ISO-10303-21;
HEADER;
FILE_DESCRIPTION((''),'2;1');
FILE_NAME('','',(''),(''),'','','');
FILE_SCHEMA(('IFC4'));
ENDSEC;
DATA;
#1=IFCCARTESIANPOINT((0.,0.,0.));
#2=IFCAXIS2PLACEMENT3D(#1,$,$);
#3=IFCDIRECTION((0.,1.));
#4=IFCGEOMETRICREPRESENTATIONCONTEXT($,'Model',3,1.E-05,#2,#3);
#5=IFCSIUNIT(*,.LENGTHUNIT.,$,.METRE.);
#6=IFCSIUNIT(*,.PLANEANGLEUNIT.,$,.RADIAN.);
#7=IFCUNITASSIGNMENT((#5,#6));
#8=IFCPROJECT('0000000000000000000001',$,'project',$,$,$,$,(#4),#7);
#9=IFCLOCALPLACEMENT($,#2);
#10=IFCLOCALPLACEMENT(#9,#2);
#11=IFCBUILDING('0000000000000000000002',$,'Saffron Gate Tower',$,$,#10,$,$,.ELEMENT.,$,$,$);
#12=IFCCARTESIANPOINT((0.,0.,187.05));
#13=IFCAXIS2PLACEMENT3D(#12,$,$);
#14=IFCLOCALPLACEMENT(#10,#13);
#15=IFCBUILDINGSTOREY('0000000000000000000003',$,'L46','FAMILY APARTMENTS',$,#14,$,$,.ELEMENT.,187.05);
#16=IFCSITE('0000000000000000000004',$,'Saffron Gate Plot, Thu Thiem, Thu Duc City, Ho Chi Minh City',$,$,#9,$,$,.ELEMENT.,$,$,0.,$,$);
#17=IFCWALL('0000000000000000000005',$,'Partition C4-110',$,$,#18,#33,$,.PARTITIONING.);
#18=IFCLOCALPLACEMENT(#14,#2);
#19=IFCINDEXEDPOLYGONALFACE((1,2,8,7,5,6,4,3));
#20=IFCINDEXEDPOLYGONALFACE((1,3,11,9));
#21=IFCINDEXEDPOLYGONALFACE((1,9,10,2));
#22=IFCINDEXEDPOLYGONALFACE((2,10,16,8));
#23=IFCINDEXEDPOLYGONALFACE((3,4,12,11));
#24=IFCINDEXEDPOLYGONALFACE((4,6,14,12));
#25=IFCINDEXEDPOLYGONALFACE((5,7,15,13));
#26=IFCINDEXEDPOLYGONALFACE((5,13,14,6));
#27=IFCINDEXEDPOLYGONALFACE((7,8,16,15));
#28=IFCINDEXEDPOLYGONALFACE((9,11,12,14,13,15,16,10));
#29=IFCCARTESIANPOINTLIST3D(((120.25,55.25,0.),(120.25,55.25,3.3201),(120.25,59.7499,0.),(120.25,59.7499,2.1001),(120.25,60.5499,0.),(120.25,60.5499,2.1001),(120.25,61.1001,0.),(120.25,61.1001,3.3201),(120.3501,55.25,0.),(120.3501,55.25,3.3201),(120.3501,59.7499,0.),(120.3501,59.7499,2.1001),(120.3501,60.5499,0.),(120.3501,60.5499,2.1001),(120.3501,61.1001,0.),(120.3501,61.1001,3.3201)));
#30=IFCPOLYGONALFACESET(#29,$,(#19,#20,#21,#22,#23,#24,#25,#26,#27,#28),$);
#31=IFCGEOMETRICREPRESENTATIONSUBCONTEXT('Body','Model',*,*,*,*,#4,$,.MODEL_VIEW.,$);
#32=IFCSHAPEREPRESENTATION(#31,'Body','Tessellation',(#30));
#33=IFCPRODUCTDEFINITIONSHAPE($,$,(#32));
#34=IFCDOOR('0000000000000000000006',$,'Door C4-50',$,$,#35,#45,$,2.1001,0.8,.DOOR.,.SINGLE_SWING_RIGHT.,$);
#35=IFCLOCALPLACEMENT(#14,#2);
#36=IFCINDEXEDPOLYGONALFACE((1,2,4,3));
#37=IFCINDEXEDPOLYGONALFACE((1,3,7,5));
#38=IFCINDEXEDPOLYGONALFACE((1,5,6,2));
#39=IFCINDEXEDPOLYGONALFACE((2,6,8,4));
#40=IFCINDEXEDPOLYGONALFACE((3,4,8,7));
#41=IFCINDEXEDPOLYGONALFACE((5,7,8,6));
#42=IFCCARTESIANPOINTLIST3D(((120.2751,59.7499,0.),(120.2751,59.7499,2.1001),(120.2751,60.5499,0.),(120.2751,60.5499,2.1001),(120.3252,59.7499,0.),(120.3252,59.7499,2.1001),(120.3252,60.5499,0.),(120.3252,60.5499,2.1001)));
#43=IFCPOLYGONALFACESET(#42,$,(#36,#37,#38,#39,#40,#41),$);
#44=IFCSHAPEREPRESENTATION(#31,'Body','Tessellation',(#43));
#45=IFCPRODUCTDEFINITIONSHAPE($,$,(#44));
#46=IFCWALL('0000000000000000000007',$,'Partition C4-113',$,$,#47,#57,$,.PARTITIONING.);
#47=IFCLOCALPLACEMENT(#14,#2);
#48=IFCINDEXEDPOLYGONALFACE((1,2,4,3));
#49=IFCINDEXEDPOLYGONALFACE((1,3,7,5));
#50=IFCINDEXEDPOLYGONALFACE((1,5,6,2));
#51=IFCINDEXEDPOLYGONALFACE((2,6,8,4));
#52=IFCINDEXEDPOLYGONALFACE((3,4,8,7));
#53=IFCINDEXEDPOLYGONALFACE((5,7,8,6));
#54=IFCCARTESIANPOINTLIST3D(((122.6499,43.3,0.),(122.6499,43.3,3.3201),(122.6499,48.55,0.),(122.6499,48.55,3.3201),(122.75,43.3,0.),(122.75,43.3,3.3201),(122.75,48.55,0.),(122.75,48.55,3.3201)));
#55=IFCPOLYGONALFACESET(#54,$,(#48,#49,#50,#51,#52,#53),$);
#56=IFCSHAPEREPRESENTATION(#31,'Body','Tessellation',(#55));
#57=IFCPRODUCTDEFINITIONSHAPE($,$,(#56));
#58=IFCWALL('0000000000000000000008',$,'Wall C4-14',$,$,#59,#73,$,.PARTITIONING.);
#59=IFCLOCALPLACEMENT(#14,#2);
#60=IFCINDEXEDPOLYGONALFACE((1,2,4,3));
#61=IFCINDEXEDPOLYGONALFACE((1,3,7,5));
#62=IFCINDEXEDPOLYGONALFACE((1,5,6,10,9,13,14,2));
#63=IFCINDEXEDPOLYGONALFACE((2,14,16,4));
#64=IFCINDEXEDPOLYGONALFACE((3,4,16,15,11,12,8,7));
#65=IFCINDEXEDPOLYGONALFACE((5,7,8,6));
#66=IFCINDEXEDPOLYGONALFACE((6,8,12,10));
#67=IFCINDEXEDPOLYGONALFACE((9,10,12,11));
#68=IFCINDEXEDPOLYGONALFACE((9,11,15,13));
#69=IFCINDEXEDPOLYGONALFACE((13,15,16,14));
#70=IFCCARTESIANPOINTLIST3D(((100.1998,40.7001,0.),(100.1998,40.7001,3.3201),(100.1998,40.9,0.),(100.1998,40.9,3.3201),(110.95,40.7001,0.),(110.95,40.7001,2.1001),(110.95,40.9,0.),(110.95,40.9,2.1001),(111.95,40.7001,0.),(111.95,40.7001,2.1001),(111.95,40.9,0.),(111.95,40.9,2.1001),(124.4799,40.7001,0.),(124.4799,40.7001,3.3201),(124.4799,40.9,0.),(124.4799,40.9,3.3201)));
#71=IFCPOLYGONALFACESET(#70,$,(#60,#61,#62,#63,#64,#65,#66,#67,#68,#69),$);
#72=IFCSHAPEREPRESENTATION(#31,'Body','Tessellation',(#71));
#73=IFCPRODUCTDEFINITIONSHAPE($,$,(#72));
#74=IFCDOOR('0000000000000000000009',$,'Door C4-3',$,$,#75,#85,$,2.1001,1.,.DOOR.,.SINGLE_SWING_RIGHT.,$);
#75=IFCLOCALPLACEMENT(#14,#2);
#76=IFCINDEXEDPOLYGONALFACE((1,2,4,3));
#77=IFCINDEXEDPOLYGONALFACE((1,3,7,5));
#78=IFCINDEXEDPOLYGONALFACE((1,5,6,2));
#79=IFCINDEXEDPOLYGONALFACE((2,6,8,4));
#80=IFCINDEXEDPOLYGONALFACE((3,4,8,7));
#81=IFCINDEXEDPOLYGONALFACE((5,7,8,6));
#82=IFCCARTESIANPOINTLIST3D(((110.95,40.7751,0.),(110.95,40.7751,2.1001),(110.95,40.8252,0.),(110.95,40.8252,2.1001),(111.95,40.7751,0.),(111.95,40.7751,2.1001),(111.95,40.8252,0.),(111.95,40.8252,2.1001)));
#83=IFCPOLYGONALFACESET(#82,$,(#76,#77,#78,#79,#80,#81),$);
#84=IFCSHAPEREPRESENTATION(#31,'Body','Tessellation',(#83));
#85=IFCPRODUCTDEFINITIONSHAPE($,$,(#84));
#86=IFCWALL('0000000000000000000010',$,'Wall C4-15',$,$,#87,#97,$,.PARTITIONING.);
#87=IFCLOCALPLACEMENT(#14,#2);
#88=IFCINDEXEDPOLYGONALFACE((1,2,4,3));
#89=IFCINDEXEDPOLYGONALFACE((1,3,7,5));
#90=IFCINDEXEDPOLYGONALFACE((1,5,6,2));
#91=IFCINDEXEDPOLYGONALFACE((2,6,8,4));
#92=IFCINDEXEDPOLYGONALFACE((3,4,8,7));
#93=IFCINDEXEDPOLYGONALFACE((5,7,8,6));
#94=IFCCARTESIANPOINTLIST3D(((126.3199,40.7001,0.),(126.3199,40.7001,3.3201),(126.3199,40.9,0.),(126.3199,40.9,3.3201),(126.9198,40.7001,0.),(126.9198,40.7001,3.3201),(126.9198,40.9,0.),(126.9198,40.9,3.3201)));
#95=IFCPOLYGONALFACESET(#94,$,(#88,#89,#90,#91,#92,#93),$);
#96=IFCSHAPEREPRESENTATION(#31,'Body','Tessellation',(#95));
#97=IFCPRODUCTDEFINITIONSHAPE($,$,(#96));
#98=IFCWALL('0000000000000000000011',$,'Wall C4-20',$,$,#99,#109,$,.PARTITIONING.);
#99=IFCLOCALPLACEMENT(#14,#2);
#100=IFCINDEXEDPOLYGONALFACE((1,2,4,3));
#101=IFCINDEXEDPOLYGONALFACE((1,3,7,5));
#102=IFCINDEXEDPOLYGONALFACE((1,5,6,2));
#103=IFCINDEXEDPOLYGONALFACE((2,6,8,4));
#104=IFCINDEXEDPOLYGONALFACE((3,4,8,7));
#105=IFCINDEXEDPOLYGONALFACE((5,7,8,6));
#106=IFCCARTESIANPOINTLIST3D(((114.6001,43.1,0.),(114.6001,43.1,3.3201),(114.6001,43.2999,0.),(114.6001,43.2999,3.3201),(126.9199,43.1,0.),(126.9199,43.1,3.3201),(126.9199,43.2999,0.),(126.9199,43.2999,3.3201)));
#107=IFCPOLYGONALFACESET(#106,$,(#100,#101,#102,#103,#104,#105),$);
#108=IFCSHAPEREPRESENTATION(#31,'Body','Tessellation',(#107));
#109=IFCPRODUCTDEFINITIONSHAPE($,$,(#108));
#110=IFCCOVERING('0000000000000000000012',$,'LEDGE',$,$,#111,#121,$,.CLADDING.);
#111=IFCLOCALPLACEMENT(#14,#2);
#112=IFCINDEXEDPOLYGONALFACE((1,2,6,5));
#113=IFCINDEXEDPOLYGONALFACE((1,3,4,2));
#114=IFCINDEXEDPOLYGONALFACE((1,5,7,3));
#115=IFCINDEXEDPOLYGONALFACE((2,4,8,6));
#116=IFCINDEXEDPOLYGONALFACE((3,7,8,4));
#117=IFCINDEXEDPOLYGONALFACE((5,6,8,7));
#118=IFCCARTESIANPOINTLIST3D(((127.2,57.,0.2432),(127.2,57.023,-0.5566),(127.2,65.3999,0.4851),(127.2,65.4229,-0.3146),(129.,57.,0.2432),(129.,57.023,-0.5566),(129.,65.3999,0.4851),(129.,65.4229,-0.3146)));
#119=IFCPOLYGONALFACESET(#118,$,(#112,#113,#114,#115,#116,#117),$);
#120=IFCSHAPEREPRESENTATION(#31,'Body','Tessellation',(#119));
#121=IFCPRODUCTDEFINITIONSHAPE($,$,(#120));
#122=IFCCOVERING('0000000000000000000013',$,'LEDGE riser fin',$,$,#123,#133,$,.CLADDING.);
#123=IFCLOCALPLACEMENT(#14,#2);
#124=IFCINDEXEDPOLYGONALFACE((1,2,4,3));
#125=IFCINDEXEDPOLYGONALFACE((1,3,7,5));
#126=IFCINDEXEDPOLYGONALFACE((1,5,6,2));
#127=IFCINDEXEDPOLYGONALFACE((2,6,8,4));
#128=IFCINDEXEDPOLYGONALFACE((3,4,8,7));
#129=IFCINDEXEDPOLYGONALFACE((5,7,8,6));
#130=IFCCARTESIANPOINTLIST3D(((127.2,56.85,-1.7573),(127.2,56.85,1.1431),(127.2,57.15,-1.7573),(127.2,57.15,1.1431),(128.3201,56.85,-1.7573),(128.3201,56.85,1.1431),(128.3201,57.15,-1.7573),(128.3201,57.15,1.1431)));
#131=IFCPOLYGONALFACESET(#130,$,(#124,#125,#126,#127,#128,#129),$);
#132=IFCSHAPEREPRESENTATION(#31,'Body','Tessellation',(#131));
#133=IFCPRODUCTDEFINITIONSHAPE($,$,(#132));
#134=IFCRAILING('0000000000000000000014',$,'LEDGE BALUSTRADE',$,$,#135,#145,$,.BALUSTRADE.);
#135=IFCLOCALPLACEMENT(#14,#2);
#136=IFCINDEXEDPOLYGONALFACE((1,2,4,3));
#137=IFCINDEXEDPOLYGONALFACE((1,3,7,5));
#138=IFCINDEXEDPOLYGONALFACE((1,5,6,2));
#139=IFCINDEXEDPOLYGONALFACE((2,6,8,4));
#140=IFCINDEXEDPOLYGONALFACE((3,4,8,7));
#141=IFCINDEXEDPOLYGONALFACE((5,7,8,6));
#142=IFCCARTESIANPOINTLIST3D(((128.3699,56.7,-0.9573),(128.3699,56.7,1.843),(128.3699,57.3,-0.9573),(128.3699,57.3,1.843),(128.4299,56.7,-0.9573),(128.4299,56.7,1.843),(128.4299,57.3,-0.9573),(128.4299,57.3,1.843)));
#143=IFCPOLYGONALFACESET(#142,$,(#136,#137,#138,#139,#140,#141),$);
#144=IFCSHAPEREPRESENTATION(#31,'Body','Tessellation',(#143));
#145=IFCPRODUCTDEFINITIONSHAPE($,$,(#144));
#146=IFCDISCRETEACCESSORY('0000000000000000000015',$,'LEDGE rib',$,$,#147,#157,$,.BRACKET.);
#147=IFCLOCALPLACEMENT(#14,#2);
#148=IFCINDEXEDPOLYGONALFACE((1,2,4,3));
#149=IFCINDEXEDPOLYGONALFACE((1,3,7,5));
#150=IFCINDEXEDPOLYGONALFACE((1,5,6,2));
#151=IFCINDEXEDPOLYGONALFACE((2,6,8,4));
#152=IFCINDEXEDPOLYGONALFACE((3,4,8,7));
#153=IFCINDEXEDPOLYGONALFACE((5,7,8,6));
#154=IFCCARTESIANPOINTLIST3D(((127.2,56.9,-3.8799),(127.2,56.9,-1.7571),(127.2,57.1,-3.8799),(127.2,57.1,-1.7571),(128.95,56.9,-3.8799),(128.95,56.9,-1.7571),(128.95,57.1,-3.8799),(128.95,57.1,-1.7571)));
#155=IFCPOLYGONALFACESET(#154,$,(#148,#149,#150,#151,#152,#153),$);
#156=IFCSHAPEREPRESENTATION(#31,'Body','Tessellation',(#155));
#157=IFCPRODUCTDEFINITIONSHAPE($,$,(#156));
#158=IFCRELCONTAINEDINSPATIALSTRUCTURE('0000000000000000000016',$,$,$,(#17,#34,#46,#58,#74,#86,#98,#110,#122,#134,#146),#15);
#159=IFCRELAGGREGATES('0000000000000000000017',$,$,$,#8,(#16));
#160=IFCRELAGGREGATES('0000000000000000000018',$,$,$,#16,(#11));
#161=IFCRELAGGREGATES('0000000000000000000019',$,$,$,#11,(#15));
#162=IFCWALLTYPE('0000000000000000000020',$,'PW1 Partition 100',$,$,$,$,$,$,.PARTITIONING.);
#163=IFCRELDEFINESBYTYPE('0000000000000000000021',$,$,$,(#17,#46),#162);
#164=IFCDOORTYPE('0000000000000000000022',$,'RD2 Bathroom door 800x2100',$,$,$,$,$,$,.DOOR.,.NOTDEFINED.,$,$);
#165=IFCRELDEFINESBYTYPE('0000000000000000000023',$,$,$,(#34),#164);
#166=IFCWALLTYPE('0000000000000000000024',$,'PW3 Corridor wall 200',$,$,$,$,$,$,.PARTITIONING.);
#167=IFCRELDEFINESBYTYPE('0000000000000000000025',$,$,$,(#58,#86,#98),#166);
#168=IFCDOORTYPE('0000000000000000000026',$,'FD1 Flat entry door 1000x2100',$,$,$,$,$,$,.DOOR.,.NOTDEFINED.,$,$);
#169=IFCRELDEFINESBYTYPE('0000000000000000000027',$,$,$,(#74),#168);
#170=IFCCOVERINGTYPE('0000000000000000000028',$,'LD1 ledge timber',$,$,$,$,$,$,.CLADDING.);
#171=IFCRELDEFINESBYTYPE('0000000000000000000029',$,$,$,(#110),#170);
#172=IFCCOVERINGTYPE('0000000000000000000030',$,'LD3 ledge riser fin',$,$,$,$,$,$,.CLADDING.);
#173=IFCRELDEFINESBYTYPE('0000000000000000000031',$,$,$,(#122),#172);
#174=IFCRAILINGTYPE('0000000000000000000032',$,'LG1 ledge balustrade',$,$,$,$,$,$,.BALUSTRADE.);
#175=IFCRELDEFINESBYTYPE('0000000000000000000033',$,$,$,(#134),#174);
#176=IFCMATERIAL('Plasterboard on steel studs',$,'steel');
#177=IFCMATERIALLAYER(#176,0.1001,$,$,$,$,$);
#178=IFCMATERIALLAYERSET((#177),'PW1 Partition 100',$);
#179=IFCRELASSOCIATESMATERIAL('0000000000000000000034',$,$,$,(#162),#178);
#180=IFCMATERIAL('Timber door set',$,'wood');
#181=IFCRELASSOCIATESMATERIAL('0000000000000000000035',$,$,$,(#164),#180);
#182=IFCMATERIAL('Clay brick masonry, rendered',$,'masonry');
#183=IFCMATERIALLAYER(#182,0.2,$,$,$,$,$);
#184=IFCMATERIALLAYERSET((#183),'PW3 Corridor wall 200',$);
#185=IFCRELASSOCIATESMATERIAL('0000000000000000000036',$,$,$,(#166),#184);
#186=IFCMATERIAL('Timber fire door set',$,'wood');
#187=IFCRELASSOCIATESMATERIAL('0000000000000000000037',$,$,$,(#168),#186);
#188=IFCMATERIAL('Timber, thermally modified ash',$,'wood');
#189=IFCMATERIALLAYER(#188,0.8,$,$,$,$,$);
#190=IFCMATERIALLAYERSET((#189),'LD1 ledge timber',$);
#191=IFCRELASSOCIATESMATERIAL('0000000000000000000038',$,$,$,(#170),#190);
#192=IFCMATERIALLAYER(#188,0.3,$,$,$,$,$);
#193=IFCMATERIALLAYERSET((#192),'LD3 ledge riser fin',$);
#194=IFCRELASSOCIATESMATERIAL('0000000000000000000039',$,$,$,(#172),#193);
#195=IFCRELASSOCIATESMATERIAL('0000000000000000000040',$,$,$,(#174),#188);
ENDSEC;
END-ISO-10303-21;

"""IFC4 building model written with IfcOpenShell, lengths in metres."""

from ifc_helpers import new_model, si_unit, direction, frame, frame_2d, origin, origin_2d, place, context, subcontext, project, spatial, polyline, rectangle, outline, extrude, material, layer, layer_set, type_object, element, fill, save


model = new_model("IFC4")

# Units and contexts
model_context = context("Model", 3, precision=1e-05, world=origin(), true_north=direction((0.0, 1.0)))
body_context = subcontext(model_context, "Body", "Model", "MODEL_VIEW")
ifc_project = project(units=[si_unit("LENGTHUNIT", "METRE"), si_unit("PLANEANGLEUNIT", "RADIAN")], contexts=[model_context])

# Site, building, storey
site_placement = place(None, origin())
site = spatial("IfcSite", under=ifc_project, at=site_placement, Name="Saffron Gate Plot, Thu Thiem, Thu Duc City, Ho Chi Minh City", CompositionType="ELEMENT", RefElevation=0.0)
building_placement = place(site_placement, origin())
building = spatial("IfcBuilding", under=site, at=building_placement, Name="Saffron Gate Tower", CompositionType="ELEMENT")
storey_placement = place(building_placement, frame((0.0, 0.0, 187.05)))
storey = spatial("IfcBuildingStorey", under=building, at=storey_placement, Name="L46", Description="FAMILY APARTMENTS", CompositionType="ELEMENT", Elevation=187.05)

# Shared definitions
ifc_material_1 = material(Name="Plasterboard on steel studs", Category="steel")
ifc_layer_1 = layer(ifc_material_1, 0.1001)
ifc_layer_set_1 = layer_set([ifc_layer_1], Name="PW1 Partition 100")
wall_type_1 = type_object("IfcWallType", Name="PW1 Partition 100", PredefinedType="PARTITIONING", material=ifc_layer_set_1)
ifc_material_2 = material(Name="Timber door set", Category="wood")

# Shared definitions
door_type_1 = type_object("IfcDoorType", Name="RD2 Bathroom door 800x2100", OperationType="NOTDEFINED", PredefinedType="DOOR", material=ifc_material_2)

# Wall, opening, door
wall_1_placement = place(storey_placement, frame((120.3, 55.25, 0.0), z_axis=(0.0, 0.0, 1.0), x_axis=(0.0, 1.0, 0.0)))
wall_1 = element("IfcWall", 1, at=wall_1_placement, inside=storey, type_object=wall_type_1, Name="Partition C4-110", PredefinedType="PARTITIONING", context=body_context, shape_type="SweptSolid", body=[
    extrude(rectangle(XDim=5.8501, YDim=0.1001, at=frame_2d((2.925, 0.0))), origin(), (0.0, 0.0, 1.0), 3.3201),
])
opening_1_placement = place(wall_1_placement, frame((4.5, 0.0, 0.0)))
opening_1 = element("IfcOpeningElement", 2, at=opening_1_placement, cuts=wall_1, PredefinedType="OPENING", context=body_context, shape_type="SweptSolid", body=[
    extrude(rectangle(XDim=0.8, YDim=2.1001, at=frame_2d((0.3999, 1.05))), frame((0.0, 0.0601, 0.0), z_axis=(0.0, -1.0, 0.0), x_axis=(1.0, 0.0, 0.0)), (0.0, 0.0, 1.0), 0.1201),
])
door_1_placement = place(opening_1_placement, origin())
door_1 = element("IfcDoor", 3, at=door_1_placement, inside=storey, type_object=door_type_1, Name="Door C4-50", OperationType="SINGLE_SWING_RIGHT", OverallHeight=2.1001, OverallWidth=0.8, PredefinedType="DOOR", context=body_context, shape_type="SweptSolid", body=[
    extrude(rectangle(XDim=0.8, YDim=2.1001, at=frame_2d((0.3999, 1.05))), frame((0.0, 0.0249, 0.0), z_axis=(0.0, -1.0, 0.0), x_axis=(1.0, 0.0, 0.0)), (0.0, 0.0, 1.0), 0.05),
])
fill(opening_1, door_1)

# Wall
wall_2_placement = place(storey_placement, frame((122.7, 48.55, 0.0), z_axis=(0.0, 0.0, 1.0), x_axis=(0.0, -1.0, 0.0)))
element("IfcWall", 4, at=wall_2_placement, inside=storey, type_object=wall_type_1, Name="Partition C4-113", PredefinedType="PARTITIONING", context=body_context, shape_type="SweptSolid", body=[
    extrude(rectangle(XDim=5.25, YDim=0.1001, at=frame_2d((2.625, 0.0))), origin(), (0.0, 0.0, 1.0), 3.3201),
])

# Wall, opening, door
ifc_material_3 = material(Name="Clay brick masonry, rendered", Category="masonry")
ifc_layer_2 = layer(ifc_material_3, 0.2)
ifc_layer_set_2 = layer_set([ifc_layer_2], Name="PW3 Corridor wall 200")
wall_type_2 = type_object("IfcWallType", Name="PW3 Corridor wall 200", PredefinedType="PARTITIONING", material=ifc_layer_set_2)
wall_3_placement = place(storey_placement, frame((124.48, 40.8, 0.0), z_axis=(0.0, 0.0, 1.0), x_axis=(-1.0, 0.0, 0.0)))
wall_3 = element("IfcWall", 5, at=wall_3_placement, inside=storey, type_object=wall_type_2, Name="Wall C4-14", PredefinedType="PARTITIONING", context=body_context, shape_type="SweptSolid", body=[
    extrude(rectangle(XDim=24.28, YDim=0.2, at=frame_2d((12.1401, 0.0))), origin(), (0.0, 0.0, 1.0), 3.3201),
])
opening_2_placement = place(wall_3_placement, frame((12.53, 0.0, 0.0)))
opening_2 = element("IfcOpeningElement", 6, at=opening_2_placement, cuts=wall_3, PredefinedType="OPENING", context=body_context, shape_type="SweptSolid", body=[
    extrude(rectangle(XDim=1.0, YDim=2.1001, at=frame_2d((0.5, 1.05))), frame((0.0, 0.1099, 0.0), z_axis=(0.0, -1.0, 0.0), x_axis=(1.0, 0.0, 0.0)), (0.0, 0.0, 1.0), 0.22),
])
ifc_material_4 = material(Name="Timber fire door set", Category="wood")
door_type_2 = type_object("IfcDoorType", Name="FD1 Flat entry door 1000x2100", OperationType="NOTDEFINED", PredefinedType="DOOR", material=ifc_material_4)
door_2_placement = place(opening_2_placement, origin())
door_2 = element("IfcDoor", 7, at=door_2_placement, inside=storey, type_object=door_type_2, Name="Door C4-3", OperationType="SINGLE_SWING_RIGHT", OverallHeight=2.1001, OverallWidth=1.0, PredefinedType="DOOR", context=body_context, shape_type="SweptSolid", body=[
    extrude(rectangle(XDim=1.0, YDim=2.1001, at=frame_2d((0.5, 1.05))), frame((0.0, 0.0249, 0.0), z_axis=(0.0, -1.0, 0.0), x_axis=(1.0, 0.0, 0.0)), (0.0, 0.0, 1.0), 0.05),
])
fill(opening_2, door_2)

# Walls
wall_4_placement = place(storey_placement, frame((126.3201, 40.8, 0.0), z_axis=(0.0, 0.0, 1.0), x_axis=(1.0, 0.0, 0.0)))
element("IfcWall", 8, at=wall_4_placement, inside=storey, type_object=wall_type_2, Name="Wall C4-15", PredefinedType="PARTITIONING", context=body_context, shape_type="SweptSolid", body=[
    extrude(rectangle(XDim=0.5999, YDim=0.2, at=frame_2d((0.2998, 0.0))), origin(), (0.0, 0.0, 1.0), 3.3201),
])
wall_5_placement = place(storey_placement, frame((114.6001, 43.2, 0.0), z_axis=(0.0, 0.0, 1.0), x_axis=(1.0, 0.0, 0.0)))
element("IfcWall", 9, at=wall_5_placement, inside=storey, type_object=wall_type_2, Name="Wall C4-20", PredefinedType="PARTITIONING", context=body_context, shape_type="SweptSolid", body=[
    extrude(rectangle(XDim=12.3198, YDim=0.2, at=frame_2d((6.1599, 0.0))), origin(), (0.0, 0.0, 1.0), 3.3201),
])

# Coverings
ifc_material_5 = material(Name="Timber, thermally modified ash", Category="wood")
ifc_layer_3 = layer(ifc_material_5, 0.8)
ifc_layer_set_3 = layer_set([ifc_layer_3], Name="LD1 ledge timber")
covering_type_1 = type_object("IfcCoveringType", Name="LD1 ledge timber", PredefinedType="CLADDING", material=ifc_layer_set_3)
covering_1_placement = place(storey_placement, frame((127.2, 57.0, 0.2432), z_axis=(0.0, -0.028791, 0.999585), x_axis=(0.0, 0.999585, 0.028791)))
element("IfcCovering", 10, at=covering_1_placement, inside=storey, type_object=covering_type_1, Name="LEDGE", PredefinedType="CLADDING", context=body_context, shape_type="SweptSolid", body=[
    extrude(outline(polyline([(0.0, 0.0), (8.4034, 0.0), (8.4034, -1.8), (0.0, -1.8), (0.0, 0.0)])), origin(), (0.0, 0.0, -1.0), 0.8),
])
ifc_layer_4 = layer(ifc_material_5, 0.3)
ifc_layer_set_4 = layer_set([ifc_layer_4], Name="LD3 ledge riser fin")
covering_type_2 = type_object("IfcCoveringType", Name="LD3 ledge riser fin", PredefinedType="CLADDING", material=ifc_layer_set_4)
covering_2_placement = place(storey_placement, frame((127.76, 57.0, -1.7573), z_axis=(0.0, 0.0, 1.0), x_axis=(0.0, 1.0, 0.0)))
element("IfcCovering", 11, at=covering_2_placement, inside=storey, type_object=covering_type_2, Name="LEDGE riser fin", PredefinedType="CLADDING", context=body_context, shape_type="SweptSolid", body=[
    extrude(rectangle(XDim=0.3, YDim=1.1201, at=origin_2d()), origin(), (0.0, 0.0, 1.0), 2.9004),
])

# Railing
railing_type = type_object("IfcRailingType", Name="LG1 ledge balustrade", PredefinedType="BALUSTRADE", material=ifc_material_5)
railing_placement = place(storey_placement, frame((128.3999, 56.7, -0.9573)))
element("IfcRailing", 12, at=railing_placement, inside=storey, type_object=railing_type, Name="LEDGE BALUSTRADE", PredefinedType="BALUSTRADE", context=body_context, shape_type="SweptSolid", body=[
    extrude(rectangle(XDim=0.0601, YDim=2.8003, at=origin_2d()), frame((0.0, 0.0, 1.4001), z_axis=(0.0, 1.0, 0.0), x_axis=(-1.0, 0.0, 0.0)), (0.0, 0.0, 1.0), 0.6001),
])

# Discrete accessory
discrete_accessory_placement = place(storey_placement, frame((128.075, 57.0, -3.8799), z_axis=(0.0, 0.0, 1.0), x_axis=(0.0, 1.0, 0.0)))
element("IfcDiscreteAccessory", 13, at=discrete_accessory_placement, inside=storey, Name="LEDGE rib", PredefinedType="BRACKET", context=body_context, shape_type="SweptSolid", body=[
    extrude(rectangle(XDim=0.2, YDim=1.75, at=origin_2d()), origin(), (0.0, 0.0, 1.0), 2.1228),
])

save(model, "model.ifc")
